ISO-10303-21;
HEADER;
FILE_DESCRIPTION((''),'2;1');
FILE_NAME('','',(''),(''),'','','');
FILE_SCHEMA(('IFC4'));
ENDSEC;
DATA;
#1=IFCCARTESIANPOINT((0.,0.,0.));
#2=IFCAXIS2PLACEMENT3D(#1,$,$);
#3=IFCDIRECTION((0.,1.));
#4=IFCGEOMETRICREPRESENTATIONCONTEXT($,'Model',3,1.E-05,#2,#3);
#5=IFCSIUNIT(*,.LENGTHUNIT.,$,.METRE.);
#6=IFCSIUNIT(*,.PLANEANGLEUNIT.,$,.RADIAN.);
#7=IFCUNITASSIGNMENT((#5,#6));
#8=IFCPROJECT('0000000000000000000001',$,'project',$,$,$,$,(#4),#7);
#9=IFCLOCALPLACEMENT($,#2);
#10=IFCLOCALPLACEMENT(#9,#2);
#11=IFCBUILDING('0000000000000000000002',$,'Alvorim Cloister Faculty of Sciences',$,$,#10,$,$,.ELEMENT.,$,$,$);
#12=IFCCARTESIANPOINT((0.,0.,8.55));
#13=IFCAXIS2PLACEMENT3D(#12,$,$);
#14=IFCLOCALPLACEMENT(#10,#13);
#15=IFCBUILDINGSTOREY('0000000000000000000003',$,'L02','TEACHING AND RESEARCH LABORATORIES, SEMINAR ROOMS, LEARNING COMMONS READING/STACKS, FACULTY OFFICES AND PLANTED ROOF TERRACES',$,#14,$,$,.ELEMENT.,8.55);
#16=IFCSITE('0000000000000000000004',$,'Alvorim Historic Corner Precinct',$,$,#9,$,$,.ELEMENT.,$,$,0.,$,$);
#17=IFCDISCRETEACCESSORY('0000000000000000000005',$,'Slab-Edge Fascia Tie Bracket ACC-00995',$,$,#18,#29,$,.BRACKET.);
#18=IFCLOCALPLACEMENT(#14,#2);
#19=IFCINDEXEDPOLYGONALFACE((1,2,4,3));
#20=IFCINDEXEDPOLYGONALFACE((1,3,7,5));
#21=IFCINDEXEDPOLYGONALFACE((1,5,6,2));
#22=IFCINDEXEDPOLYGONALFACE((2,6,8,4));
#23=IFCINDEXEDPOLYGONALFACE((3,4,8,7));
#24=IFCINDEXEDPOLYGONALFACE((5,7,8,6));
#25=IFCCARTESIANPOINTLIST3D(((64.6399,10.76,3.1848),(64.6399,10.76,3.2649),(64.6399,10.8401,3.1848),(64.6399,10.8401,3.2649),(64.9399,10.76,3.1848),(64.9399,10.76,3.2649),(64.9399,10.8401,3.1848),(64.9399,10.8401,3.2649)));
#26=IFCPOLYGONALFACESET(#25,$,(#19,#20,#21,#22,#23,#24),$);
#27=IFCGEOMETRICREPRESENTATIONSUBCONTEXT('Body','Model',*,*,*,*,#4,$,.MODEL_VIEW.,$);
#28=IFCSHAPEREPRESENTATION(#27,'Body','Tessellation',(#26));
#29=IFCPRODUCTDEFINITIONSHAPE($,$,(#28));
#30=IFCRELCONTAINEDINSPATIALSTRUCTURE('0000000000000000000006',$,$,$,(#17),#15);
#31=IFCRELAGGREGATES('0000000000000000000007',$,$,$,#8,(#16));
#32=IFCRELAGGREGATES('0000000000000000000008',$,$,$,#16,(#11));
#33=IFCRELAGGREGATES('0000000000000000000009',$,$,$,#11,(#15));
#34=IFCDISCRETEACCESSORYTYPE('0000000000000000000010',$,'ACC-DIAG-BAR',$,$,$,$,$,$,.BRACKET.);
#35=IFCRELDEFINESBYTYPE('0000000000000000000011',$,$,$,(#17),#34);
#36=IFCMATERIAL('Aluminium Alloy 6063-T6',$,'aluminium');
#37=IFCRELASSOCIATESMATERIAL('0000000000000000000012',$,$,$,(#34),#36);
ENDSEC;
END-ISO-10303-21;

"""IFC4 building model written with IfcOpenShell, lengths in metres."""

from ifc_helpers import new_model, si_unit, direction, frame, origin, origin_2d, place, context, subcontext, project, spatial, rectangle, extrude, material, type_object, element, save


model = new_model("IFC4")

# Units and contexts
model_context = context("Model", 3, precision=1e-05, world=origin(), true_north=direction((0.0, 1.0)))
body_context = subcontext(model_context, "Body", "Model", "MODEL_VIEW")
ifc_project = project(units=[si_unit("LENGTHUNIT", "METRE"), si_unit("PLANEANGLEUNIT", "RADIAN")], contexts=[model_context])

# Site, building, storey
site_placement = place(None, origin())
site = spatial("IfcSite", under=ifc_project, at=site_placement, Name="Alvorim Historic Corner Precinct", CompositionType="ELEMENT", RefElevation=0.0)
building_placement = place(site_placement, origin())
building = spatial("IfcBuilding", under=site, at=building_placement, Name="Alvorim Cloister Faculty of Sciences", CompositionType="ELEMENT")
storey_placement = place(building_placement, frame((0.0, 0.0, 8.55)))
storey = spatial("IfcBuildingStorey", under=building, at=storey_placement, Name="L02", Description="TEACHING AND RESEARCH LABORATORIES, SEMINAR ROOMS, LEARNING COMMONS READING/STACKS, FACULTY OFFICES AND PLANTED ROOF TERRACES", CompositionType="ELEMENT", Elevation=8.55)

# Shared definitions
ifc_material_1 = material(Name="Aluminium Alloy 6063-T6", Category="aluminium")

# Discrete accessory
discrete_accessory_type = type_object("IfcDiscreteAccessoryType", Name="ACC-DIAG-BAR", PredefinedType="BRACKET", material=ifc_material_1)
discrete_accessory_placement = place(storey_placement, frame((64.9399, 10.8, 3.2249), z_axis=(-1.0, 0.0, 0.0), x_axis=(0.0, -1.0, 0.0)))
element("IfcDiscreteAccessory", 1, at=discrete_accessory_placement, inside=storey, type_object=discrete_accessory_type, Name="Slab-Edge Fascia Tie Bracket ACC-00995", PredefinedType="BRACKET", context=body_context, shape_type="SweptSolid", body=[
    extrude(rectangle(XDim=0.0801, YDim=0.0801, at=origin_2d()), origin(), (0.0, 0.0, 1.0), 0.3),
])

save(model, "model.ifc")
